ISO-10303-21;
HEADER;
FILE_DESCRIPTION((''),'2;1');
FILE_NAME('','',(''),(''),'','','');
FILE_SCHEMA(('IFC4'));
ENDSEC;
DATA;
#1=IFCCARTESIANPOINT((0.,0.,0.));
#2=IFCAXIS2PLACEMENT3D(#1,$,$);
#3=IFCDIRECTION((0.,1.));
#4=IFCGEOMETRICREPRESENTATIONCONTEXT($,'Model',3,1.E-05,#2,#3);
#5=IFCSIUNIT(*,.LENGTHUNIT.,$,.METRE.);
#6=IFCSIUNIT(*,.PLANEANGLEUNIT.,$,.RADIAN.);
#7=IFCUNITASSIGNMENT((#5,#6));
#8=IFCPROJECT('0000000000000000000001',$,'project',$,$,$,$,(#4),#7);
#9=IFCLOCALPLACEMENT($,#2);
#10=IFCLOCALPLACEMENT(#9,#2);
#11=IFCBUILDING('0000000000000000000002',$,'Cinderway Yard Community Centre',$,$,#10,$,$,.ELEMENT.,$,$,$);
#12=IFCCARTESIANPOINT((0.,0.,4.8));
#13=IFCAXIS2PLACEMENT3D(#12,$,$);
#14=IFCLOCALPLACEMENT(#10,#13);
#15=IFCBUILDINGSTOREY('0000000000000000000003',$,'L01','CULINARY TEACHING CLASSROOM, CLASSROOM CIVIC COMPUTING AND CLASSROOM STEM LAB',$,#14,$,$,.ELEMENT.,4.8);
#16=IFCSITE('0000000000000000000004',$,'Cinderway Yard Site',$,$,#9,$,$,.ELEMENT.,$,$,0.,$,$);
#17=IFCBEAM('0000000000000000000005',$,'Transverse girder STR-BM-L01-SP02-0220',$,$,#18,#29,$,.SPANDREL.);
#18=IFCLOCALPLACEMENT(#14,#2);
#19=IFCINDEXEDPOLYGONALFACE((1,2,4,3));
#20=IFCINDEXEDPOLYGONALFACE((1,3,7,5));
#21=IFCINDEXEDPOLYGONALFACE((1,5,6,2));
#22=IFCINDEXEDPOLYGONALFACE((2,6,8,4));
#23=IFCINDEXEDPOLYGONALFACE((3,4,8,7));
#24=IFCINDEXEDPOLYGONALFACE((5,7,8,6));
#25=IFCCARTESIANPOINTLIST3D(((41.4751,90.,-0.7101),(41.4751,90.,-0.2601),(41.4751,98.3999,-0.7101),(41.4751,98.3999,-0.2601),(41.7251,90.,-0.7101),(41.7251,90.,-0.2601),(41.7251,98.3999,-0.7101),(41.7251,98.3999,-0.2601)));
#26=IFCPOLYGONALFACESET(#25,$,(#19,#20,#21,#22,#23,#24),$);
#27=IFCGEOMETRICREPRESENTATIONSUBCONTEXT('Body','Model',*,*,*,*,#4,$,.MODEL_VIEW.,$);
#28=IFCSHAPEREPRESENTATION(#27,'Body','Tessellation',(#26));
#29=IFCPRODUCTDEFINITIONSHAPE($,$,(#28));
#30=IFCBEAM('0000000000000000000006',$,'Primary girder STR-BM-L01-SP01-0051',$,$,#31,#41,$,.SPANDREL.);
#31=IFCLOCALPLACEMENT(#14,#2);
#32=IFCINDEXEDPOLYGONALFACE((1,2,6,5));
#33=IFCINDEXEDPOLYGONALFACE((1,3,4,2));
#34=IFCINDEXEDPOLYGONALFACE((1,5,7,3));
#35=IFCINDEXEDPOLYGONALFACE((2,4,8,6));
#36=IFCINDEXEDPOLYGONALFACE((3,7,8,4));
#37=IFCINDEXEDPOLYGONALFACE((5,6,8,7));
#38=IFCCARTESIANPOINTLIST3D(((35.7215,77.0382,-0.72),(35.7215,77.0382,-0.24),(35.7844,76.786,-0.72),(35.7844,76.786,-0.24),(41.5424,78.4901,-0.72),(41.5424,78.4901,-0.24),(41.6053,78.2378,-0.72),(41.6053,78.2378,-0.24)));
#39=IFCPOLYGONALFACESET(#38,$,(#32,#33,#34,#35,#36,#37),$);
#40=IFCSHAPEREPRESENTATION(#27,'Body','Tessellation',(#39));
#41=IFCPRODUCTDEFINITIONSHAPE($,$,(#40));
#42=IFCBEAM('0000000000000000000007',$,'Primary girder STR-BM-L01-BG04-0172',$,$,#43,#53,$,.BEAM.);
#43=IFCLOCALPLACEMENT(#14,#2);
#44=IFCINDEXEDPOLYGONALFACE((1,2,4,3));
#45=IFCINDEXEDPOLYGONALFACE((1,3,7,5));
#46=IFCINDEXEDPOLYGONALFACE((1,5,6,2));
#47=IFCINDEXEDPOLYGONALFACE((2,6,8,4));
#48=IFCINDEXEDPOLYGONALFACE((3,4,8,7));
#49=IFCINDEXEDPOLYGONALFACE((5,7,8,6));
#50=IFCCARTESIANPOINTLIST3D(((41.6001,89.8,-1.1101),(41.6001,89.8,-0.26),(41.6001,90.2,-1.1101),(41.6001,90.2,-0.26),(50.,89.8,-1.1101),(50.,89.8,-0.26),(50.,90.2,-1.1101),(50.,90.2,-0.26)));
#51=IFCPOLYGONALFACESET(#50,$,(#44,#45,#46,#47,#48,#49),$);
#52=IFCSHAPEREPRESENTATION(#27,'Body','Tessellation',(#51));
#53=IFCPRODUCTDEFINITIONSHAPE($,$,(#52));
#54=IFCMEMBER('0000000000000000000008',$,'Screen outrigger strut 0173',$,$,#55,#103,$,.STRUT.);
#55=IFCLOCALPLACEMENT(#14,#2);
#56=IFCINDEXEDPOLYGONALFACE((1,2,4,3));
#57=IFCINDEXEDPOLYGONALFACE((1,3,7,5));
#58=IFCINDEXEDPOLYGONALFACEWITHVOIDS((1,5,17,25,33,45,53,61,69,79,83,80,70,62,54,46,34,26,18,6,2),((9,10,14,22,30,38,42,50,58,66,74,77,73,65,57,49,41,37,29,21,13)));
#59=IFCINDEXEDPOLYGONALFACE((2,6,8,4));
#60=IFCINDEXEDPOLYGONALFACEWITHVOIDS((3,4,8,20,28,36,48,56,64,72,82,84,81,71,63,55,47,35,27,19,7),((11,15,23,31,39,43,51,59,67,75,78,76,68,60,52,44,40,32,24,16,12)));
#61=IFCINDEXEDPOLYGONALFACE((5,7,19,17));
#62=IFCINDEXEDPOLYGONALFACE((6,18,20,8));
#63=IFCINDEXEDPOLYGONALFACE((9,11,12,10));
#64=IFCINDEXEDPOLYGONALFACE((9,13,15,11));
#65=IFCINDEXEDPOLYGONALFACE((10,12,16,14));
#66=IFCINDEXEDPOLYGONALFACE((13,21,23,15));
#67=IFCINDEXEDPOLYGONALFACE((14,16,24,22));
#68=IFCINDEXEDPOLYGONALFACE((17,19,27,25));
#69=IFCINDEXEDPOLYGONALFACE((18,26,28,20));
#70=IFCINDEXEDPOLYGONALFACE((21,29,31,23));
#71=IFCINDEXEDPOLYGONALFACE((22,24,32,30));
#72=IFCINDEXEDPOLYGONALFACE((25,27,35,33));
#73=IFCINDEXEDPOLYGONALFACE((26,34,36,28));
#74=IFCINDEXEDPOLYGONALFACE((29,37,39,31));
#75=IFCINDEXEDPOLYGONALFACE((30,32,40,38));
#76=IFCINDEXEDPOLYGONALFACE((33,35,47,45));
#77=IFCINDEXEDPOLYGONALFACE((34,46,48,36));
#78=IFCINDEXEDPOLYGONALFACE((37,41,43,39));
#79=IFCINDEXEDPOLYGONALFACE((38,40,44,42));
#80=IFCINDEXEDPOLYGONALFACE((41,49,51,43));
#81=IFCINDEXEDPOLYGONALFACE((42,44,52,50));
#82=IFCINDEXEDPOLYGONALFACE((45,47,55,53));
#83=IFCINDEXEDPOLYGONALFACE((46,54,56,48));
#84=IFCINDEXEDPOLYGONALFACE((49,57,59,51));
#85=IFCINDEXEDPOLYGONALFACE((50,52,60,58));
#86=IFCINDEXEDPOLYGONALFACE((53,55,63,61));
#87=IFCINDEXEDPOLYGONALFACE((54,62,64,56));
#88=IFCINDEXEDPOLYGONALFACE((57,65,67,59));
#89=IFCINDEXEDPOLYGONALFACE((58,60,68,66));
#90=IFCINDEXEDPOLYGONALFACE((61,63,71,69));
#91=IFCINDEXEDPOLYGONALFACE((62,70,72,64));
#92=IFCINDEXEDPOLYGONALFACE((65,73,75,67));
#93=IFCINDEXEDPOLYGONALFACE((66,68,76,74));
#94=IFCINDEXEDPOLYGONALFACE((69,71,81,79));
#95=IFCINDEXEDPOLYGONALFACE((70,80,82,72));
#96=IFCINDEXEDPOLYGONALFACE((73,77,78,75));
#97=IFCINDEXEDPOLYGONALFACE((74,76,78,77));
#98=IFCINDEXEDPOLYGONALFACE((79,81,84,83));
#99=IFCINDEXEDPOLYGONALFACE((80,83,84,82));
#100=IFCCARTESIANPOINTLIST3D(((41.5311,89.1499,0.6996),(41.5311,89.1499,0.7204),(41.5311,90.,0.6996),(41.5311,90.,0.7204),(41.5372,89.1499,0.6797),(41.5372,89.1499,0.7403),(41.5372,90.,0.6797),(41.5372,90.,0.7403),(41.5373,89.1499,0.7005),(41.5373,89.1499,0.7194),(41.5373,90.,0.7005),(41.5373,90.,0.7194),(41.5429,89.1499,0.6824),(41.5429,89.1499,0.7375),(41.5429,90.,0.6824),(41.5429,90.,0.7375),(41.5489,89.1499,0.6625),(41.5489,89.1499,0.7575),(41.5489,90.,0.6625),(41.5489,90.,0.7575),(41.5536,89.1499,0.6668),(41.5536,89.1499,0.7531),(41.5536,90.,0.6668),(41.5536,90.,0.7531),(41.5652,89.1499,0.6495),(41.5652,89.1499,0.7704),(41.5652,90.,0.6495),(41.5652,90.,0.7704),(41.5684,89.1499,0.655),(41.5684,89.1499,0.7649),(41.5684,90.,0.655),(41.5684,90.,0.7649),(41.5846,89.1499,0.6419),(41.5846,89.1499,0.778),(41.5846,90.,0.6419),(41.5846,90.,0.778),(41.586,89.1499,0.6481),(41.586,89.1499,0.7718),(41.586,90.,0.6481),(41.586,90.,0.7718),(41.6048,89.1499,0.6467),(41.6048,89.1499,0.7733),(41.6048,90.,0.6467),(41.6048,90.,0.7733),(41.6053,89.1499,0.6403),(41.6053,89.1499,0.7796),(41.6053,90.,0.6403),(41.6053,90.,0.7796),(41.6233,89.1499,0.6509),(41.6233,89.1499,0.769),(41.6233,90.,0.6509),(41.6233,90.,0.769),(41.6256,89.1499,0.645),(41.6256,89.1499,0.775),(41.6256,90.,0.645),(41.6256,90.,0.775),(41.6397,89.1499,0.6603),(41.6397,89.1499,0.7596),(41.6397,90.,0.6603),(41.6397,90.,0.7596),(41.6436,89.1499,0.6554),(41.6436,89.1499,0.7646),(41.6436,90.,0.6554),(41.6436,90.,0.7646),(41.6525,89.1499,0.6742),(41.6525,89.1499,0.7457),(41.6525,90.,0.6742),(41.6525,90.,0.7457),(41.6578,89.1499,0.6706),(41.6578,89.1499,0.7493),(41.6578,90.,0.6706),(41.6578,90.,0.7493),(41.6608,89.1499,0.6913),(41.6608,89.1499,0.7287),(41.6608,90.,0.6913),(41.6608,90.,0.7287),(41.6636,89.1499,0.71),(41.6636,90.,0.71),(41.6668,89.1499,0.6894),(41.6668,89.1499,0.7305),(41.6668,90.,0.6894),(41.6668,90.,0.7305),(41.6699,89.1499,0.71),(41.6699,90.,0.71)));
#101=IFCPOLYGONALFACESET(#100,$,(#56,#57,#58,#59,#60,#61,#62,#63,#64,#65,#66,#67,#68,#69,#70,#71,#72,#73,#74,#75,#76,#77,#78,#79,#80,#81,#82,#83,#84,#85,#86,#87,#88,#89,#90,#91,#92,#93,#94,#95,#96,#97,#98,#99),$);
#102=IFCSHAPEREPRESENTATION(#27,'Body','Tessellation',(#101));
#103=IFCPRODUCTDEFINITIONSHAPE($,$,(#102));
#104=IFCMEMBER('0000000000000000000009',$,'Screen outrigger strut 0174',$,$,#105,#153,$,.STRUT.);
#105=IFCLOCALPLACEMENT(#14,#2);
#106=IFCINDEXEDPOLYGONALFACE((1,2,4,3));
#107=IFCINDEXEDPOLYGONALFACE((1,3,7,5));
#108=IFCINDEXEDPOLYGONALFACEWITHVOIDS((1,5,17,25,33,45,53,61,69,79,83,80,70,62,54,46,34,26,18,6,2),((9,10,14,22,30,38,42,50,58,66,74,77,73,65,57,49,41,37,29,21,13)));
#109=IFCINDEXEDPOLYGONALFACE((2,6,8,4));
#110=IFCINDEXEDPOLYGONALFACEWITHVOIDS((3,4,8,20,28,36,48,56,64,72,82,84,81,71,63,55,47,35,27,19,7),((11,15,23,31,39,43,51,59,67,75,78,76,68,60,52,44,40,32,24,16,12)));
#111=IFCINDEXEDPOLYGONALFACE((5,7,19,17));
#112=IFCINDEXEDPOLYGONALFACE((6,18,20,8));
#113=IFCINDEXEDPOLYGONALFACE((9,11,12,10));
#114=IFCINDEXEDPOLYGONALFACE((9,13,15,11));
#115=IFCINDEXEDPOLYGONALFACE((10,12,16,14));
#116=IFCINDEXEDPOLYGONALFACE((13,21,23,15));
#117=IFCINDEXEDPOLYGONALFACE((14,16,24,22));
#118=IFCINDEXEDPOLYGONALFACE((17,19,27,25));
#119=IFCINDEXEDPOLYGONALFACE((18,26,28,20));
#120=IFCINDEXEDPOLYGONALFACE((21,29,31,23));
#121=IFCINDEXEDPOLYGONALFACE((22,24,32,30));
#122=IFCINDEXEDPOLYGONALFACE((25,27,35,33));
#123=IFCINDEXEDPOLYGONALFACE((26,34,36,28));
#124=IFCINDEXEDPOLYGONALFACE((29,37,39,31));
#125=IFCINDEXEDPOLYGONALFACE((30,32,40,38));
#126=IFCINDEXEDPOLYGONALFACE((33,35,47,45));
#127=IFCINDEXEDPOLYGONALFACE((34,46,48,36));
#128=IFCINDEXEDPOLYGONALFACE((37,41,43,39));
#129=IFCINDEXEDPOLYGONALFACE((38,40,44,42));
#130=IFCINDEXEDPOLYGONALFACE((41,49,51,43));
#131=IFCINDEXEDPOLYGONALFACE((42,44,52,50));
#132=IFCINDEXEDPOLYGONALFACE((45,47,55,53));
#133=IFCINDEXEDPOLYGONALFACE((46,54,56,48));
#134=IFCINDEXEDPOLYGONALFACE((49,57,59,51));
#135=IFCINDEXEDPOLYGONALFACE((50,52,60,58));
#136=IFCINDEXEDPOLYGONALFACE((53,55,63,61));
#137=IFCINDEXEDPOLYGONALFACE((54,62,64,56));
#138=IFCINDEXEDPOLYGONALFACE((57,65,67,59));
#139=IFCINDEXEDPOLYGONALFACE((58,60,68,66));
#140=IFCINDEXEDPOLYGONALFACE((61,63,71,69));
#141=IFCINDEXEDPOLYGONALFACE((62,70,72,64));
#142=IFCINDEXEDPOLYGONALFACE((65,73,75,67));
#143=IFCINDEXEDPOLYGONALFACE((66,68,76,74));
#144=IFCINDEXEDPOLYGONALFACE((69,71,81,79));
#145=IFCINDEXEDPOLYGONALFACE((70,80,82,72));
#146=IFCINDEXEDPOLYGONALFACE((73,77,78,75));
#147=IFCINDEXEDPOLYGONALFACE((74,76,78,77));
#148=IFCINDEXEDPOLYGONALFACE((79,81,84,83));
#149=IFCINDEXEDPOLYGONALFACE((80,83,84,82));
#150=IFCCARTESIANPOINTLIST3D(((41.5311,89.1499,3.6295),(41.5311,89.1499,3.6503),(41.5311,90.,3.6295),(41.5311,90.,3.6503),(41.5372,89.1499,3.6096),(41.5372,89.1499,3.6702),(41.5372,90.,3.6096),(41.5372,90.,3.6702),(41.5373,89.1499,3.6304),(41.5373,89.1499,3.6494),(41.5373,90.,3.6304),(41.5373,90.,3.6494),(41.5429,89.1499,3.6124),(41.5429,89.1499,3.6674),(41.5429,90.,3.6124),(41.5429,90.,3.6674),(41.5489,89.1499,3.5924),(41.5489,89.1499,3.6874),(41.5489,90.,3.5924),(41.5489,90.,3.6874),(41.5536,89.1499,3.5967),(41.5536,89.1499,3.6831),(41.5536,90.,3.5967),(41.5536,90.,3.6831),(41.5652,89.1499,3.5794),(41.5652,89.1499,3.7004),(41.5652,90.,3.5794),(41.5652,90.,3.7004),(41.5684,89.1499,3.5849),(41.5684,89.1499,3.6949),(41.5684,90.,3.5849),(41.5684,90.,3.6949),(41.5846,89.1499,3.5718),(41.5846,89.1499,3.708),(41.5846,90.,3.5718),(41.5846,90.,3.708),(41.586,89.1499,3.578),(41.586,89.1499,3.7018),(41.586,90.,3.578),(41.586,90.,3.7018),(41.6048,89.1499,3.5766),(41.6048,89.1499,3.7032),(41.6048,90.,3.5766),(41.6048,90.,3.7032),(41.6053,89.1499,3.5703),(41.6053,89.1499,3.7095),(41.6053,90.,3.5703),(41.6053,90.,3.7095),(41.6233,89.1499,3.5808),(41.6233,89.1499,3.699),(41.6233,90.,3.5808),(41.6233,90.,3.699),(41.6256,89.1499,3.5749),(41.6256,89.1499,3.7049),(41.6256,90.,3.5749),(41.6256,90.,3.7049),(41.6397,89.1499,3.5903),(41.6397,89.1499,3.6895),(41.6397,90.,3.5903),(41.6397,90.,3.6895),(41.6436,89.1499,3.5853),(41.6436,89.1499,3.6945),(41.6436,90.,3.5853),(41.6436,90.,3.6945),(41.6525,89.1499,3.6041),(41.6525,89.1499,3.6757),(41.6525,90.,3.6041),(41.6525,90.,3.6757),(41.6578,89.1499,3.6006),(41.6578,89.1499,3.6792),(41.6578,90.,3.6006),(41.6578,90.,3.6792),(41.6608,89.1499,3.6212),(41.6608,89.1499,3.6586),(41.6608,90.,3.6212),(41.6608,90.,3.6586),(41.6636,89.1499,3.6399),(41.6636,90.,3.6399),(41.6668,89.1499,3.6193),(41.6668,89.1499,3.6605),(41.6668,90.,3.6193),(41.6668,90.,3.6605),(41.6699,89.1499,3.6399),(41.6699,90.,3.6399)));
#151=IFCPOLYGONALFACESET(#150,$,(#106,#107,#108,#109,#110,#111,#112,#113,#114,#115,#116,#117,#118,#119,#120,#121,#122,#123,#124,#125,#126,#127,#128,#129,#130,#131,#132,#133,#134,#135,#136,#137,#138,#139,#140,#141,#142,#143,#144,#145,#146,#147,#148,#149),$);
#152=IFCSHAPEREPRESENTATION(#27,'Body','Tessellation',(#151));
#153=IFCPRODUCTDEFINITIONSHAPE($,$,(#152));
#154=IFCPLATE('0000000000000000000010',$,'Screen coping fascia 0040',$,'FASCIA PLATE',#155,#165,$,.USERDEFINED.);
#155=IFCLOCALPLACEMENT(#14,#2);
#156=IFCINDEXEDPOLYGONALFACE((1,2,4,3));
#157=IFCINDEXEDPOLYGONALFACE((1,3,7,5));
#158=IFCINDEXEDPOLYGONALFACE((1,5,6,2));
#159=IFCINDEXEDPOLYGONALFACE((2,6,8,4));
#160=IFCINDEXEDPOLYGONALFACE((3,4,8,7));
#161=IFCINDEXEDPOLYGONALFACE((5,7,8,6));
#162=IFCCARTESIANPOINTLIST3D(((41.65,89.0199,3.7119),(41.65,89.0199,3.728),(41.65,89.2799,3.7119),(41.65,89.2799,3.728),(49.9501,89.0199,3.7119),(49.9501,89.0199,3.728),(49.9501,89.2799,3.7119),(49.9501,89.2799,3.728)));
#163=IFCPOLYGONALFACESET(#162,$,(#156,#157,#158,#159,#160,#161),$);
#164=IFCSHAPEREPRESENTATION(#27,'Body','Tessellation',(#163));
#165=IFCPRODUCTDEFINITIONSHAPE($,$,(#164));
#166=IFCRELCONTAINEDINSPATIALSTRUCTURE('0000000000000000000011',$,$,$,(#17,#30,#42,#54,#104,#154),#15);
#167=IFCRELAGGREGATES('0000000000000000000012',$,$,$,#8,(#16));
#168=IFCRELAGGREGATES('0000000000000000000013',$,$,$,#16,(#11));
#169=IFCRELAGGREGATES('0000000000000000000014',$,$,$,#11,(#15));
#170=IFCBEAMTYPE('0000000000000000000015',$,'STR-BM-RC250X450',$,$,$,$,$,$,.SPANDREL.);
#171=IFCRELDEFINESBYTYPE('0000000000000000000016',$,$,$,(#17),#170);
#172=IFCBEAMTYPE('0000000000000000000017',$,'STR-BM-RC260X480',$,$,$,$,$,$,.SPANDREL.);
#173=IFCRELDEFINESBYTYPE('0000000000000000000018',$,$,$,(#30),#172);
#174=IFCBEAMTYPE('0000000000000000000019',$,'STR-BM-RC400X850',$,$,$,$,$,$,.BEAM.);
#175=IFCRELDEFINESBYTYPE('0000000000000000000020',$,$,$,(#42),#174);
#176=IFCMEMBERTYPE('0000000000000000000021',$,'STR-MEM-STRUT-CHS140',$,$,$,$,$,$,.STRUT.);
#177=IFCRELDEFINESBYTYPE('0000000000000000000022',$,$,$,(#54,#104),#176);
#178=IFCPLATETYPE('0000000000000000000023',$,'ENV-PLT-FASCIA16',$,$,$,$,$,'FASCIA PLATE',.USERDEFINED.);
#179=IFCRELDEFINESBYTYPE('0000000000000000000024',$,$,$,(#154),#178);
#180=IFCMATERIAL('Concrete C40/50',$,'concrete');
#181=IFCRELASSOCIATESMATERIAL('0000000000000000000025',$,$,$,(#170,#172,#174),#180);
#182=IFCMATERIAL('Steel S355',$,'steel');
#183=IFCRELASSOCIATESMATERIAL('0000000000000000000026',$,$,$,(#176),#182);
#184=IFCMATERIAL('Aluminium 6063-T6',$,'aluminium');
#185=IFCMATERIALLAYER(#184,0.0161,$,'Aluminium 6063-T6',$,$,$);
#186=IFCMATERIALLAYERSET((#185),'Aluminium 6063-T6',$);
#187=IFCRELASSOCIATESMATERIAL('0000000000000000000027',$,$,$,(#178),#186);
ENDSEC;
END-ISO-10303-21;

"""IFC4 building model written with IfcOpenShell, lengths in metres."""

from ifc_helpers import new_model, si_unit, direction, frame, origin, origin_2d, place, context, subcontext, project, spatial, rectangle, hollow_circle, extrude, material, layer, layer_set, material_profile, profile_set, type_object, element, save


model = new_model("IFC4")

# Units and contexts
model_context = context("Model", 3, precision=1e-05, world=origin(), true_north=direction((0.0, 1.0)))
body_context = subcontext(model_context, "Body", "Model", "MODEL_VIEW")
ifc_project = project(units=[si_unit("LENGTHUNIT", "METRE"), si_unit("PLANEANGLEUNIT", "RADIAN")], contexts=[model_context])

# Site, building, storey
site_placement = place(None, origin())
site = spatial("IfcSite", under=ifc_project, at=site_placement, Name="Cinderway Yard Site", CompositionType="ELEMENT", RefElevation=0.0)
building_placement = place(site_placement, origin())
building = spatial("IfcBuilding", under=site, at=building_placement, Name="Cinderway Yard Community Centre", CompositionType="ELEMENT")
storey_placement = place(building_placement, frame((0.0, 0.0, 4.8)))
storey = spatial("IfcBuildingStorey", under=building, at=storey_placement, Name="L01", Description="CULINARY TEACHING CLASSROOM, CLASSROOM CIVIC COMPUTING AND CLASSROOM STEM LAB", CompositionType="ELEMENT", Elevation=4.8)

# Shared definitions
ifc_material_1 = material(Name="Concrete C40/50", Category="concrete")

# Shared definitions
ifc_material_2 = material(Name="Aluminium 6063-T6", Category="aluminium")

# Shared definitions
ifc_material_3 = material(Name="Steel S355", Category="steel")

# Beams
ifc_material_profile_1 = material_profile(ifc_material_1, rectangle(XDim=0.25, YDim=0.45, at=origin_2d()), Name="Concrete C40/50")
ifc_profile_set_1 = profile_set([ifc_material_profile_1], Name="Concrete C40/50")
beam_type_1 = type_object("IfcBeamType", Name="STR-BM-RC250X450", PredefinedType="SPANDREL", material=ifc_profile_set_1)
beam_1_placement = place(storey_placement, frame((41.6001, 90.0, -0.4851), z_axis=(0.0, 1.0, 0.0), x_axis=(-1.0, 0.0, 0.0)))
element("IfcBeam", 1, at=beam_1_placement, inside=storey, type_object=beam_type_1, Name="Transverse girder STR-BM-L01-SP02-0220", PredefinedType="SPANDREL", context=body_context, shape_type="SweptSolid", body=[
    extrude(rectangle(XDim=0.25, YDim=0.45, at=origin_2d()), origin(), (0.0, 0.0, 1.0), 8.3999),
])
ifc_material_profile_2 = material_profile(ifc_material_1, rectangle(XDim=0.26, YDim=0.48, at=origin_2d()), Name="Concrete C40/50")
ifc_profile_set_2 = profile_set([ifc_material_profile_2], Name="Concrete C40/50")
beam_type_2 = type_object("IfcBeamType", Name="STR-BM-RC260X480", PredefinedType="SPANDREL", material=ifc_profile_set_2)
beam_2_placement = place(storey_placement, frame((35.7529, 76.9121, -0.48), z_axis=(0.970274, 0.242009, 0.0), x_axis=(-0.242009, 0.970274, 0.0)))
element("IfcBeam", 2, at=beam_2_placement, inside=storey, type_object=beam_type_2, Name="Primary girder STR-BM-L01-SP01-0051", PredefinedType="SPANDREL", context=body_context, shape_type="SweptSolid", body=[
    extrude(rectangle(XDim=0.26, YDim=0.48, at=origin_2d()), origin(), (0.0, 0.0, 1.0), 5.9993),
])
ifc_material_profile_3 = material_profile(ifc_material_1, rectangle(XDim=0.3999, YDim=0.8501, at=origin_2d()), Name="Concrete C40/50")
ifc_profile_set_3 = profile_set([ifc_material_profile_3], Name="Concrete C40/50")
beam_type_3 = type_object("IfcBeamType", Name="STR-BM-RC400X850", PredefinedType="BEAM", material=ifc_profile_set_3)
beam_3_placement = place(storey_placement, frame((41.6001, 90.0, -0.6851), z_axis=(1.0, 0.0, 0.0), x_axis=(0.0, 1.0, 0.0)))
element("IfcBeam", 3, at=beam_3_placement, inside=storey, type_object=beam_type_3, Name="Primary girder STR-BM-L01-BG04-0172", PredefinedType="BEAM", context=body_context, shape_type="SweptSolid", body=[
    extrude(rectangle(XDim=0.3999, YDim=0.8501, at=origin_2d()), origin(), (0.0, 0.0, 1.0), 8.3999),
])

# Members
ifc_material_profile_4 = material_profile(ifc_material_3, hollow_circle(Radius=0.0698, WallThickness=0.0063, at=origin_2d()), Name="Steel S355")
ifc_profile_set_4 = profile_set([ifc_material_profile_4], Name="Steel S355")
member_type_1 = type_object("IfcMemberType", Name="STR-MEM-STRUT-CHS140", PredefinedType="STRUT", material=ifc_profile_set_4)
for number, where, z_axis, x_axis, name in (
    (4, (41.6001, 90.0, 0.71), (0.0, -1.0, 0.0), (1.0, 0.0, 0.0), "Screen outrigger strut 0173"),
    (5, (41.6001, 90.0, 3.6399), (0.0, -1.0, 0.0), (1.0, 0.0, 0.0), "Screen outrigger strut 0174"),
):
    element("IfcMember", number, at=place(storey_placement, frame(where, z_axis=z_axis, x_axis=x_axis)), inside=storey, type_object=member_type_1, Name=name, PredefinedType="STRUT", context=body_context, shape_type="SweptSolid", body=[
        extrude(hollow_circle(Radius=0.0698, WallThickness=0.0063, at=origin_2d()), origin(), (0.0, 0.0, 1.0), 0.8501),
    ])

# Plate
ifc_layer_1 = layer(ifc_material_2, 0.0161, Name="Aluminium 6063-T6")
ifc_layer_set_1 = layer_set([ifc_layer_1], Name="Aluminium 6063-T6")
plate_type = type_object("IfcPlateType", Name="ENV-PLT-FASCIA16", ElementType="FASCIA PLATE", PredefinedType="USERDEFINED", material=ifc_layer_set_1)
plate_placement = place(storey_placement, frame((45.8, 89.1499, 3.7119), z_axis=(0.0, 0.0, 1.0), x_axis=(-1.0, 0.0, 0.0)))
element("IfcPlate", 6, at=plate_placement, inside=storey, type_object=plate_type, Name="Screen coping fascia 0040", ObjectType="FASCIA PLATE", PredefinedType="USERDEFINED", context=body_context, shape_type="SweptSolid", body=[
    extrude(rectangle(XDim=8.3, YDim=0.26, at=origin_2d()), origin(), (0.0, 0.0, 1.0), 0.0161),
])

save(model, "model.ifc")
